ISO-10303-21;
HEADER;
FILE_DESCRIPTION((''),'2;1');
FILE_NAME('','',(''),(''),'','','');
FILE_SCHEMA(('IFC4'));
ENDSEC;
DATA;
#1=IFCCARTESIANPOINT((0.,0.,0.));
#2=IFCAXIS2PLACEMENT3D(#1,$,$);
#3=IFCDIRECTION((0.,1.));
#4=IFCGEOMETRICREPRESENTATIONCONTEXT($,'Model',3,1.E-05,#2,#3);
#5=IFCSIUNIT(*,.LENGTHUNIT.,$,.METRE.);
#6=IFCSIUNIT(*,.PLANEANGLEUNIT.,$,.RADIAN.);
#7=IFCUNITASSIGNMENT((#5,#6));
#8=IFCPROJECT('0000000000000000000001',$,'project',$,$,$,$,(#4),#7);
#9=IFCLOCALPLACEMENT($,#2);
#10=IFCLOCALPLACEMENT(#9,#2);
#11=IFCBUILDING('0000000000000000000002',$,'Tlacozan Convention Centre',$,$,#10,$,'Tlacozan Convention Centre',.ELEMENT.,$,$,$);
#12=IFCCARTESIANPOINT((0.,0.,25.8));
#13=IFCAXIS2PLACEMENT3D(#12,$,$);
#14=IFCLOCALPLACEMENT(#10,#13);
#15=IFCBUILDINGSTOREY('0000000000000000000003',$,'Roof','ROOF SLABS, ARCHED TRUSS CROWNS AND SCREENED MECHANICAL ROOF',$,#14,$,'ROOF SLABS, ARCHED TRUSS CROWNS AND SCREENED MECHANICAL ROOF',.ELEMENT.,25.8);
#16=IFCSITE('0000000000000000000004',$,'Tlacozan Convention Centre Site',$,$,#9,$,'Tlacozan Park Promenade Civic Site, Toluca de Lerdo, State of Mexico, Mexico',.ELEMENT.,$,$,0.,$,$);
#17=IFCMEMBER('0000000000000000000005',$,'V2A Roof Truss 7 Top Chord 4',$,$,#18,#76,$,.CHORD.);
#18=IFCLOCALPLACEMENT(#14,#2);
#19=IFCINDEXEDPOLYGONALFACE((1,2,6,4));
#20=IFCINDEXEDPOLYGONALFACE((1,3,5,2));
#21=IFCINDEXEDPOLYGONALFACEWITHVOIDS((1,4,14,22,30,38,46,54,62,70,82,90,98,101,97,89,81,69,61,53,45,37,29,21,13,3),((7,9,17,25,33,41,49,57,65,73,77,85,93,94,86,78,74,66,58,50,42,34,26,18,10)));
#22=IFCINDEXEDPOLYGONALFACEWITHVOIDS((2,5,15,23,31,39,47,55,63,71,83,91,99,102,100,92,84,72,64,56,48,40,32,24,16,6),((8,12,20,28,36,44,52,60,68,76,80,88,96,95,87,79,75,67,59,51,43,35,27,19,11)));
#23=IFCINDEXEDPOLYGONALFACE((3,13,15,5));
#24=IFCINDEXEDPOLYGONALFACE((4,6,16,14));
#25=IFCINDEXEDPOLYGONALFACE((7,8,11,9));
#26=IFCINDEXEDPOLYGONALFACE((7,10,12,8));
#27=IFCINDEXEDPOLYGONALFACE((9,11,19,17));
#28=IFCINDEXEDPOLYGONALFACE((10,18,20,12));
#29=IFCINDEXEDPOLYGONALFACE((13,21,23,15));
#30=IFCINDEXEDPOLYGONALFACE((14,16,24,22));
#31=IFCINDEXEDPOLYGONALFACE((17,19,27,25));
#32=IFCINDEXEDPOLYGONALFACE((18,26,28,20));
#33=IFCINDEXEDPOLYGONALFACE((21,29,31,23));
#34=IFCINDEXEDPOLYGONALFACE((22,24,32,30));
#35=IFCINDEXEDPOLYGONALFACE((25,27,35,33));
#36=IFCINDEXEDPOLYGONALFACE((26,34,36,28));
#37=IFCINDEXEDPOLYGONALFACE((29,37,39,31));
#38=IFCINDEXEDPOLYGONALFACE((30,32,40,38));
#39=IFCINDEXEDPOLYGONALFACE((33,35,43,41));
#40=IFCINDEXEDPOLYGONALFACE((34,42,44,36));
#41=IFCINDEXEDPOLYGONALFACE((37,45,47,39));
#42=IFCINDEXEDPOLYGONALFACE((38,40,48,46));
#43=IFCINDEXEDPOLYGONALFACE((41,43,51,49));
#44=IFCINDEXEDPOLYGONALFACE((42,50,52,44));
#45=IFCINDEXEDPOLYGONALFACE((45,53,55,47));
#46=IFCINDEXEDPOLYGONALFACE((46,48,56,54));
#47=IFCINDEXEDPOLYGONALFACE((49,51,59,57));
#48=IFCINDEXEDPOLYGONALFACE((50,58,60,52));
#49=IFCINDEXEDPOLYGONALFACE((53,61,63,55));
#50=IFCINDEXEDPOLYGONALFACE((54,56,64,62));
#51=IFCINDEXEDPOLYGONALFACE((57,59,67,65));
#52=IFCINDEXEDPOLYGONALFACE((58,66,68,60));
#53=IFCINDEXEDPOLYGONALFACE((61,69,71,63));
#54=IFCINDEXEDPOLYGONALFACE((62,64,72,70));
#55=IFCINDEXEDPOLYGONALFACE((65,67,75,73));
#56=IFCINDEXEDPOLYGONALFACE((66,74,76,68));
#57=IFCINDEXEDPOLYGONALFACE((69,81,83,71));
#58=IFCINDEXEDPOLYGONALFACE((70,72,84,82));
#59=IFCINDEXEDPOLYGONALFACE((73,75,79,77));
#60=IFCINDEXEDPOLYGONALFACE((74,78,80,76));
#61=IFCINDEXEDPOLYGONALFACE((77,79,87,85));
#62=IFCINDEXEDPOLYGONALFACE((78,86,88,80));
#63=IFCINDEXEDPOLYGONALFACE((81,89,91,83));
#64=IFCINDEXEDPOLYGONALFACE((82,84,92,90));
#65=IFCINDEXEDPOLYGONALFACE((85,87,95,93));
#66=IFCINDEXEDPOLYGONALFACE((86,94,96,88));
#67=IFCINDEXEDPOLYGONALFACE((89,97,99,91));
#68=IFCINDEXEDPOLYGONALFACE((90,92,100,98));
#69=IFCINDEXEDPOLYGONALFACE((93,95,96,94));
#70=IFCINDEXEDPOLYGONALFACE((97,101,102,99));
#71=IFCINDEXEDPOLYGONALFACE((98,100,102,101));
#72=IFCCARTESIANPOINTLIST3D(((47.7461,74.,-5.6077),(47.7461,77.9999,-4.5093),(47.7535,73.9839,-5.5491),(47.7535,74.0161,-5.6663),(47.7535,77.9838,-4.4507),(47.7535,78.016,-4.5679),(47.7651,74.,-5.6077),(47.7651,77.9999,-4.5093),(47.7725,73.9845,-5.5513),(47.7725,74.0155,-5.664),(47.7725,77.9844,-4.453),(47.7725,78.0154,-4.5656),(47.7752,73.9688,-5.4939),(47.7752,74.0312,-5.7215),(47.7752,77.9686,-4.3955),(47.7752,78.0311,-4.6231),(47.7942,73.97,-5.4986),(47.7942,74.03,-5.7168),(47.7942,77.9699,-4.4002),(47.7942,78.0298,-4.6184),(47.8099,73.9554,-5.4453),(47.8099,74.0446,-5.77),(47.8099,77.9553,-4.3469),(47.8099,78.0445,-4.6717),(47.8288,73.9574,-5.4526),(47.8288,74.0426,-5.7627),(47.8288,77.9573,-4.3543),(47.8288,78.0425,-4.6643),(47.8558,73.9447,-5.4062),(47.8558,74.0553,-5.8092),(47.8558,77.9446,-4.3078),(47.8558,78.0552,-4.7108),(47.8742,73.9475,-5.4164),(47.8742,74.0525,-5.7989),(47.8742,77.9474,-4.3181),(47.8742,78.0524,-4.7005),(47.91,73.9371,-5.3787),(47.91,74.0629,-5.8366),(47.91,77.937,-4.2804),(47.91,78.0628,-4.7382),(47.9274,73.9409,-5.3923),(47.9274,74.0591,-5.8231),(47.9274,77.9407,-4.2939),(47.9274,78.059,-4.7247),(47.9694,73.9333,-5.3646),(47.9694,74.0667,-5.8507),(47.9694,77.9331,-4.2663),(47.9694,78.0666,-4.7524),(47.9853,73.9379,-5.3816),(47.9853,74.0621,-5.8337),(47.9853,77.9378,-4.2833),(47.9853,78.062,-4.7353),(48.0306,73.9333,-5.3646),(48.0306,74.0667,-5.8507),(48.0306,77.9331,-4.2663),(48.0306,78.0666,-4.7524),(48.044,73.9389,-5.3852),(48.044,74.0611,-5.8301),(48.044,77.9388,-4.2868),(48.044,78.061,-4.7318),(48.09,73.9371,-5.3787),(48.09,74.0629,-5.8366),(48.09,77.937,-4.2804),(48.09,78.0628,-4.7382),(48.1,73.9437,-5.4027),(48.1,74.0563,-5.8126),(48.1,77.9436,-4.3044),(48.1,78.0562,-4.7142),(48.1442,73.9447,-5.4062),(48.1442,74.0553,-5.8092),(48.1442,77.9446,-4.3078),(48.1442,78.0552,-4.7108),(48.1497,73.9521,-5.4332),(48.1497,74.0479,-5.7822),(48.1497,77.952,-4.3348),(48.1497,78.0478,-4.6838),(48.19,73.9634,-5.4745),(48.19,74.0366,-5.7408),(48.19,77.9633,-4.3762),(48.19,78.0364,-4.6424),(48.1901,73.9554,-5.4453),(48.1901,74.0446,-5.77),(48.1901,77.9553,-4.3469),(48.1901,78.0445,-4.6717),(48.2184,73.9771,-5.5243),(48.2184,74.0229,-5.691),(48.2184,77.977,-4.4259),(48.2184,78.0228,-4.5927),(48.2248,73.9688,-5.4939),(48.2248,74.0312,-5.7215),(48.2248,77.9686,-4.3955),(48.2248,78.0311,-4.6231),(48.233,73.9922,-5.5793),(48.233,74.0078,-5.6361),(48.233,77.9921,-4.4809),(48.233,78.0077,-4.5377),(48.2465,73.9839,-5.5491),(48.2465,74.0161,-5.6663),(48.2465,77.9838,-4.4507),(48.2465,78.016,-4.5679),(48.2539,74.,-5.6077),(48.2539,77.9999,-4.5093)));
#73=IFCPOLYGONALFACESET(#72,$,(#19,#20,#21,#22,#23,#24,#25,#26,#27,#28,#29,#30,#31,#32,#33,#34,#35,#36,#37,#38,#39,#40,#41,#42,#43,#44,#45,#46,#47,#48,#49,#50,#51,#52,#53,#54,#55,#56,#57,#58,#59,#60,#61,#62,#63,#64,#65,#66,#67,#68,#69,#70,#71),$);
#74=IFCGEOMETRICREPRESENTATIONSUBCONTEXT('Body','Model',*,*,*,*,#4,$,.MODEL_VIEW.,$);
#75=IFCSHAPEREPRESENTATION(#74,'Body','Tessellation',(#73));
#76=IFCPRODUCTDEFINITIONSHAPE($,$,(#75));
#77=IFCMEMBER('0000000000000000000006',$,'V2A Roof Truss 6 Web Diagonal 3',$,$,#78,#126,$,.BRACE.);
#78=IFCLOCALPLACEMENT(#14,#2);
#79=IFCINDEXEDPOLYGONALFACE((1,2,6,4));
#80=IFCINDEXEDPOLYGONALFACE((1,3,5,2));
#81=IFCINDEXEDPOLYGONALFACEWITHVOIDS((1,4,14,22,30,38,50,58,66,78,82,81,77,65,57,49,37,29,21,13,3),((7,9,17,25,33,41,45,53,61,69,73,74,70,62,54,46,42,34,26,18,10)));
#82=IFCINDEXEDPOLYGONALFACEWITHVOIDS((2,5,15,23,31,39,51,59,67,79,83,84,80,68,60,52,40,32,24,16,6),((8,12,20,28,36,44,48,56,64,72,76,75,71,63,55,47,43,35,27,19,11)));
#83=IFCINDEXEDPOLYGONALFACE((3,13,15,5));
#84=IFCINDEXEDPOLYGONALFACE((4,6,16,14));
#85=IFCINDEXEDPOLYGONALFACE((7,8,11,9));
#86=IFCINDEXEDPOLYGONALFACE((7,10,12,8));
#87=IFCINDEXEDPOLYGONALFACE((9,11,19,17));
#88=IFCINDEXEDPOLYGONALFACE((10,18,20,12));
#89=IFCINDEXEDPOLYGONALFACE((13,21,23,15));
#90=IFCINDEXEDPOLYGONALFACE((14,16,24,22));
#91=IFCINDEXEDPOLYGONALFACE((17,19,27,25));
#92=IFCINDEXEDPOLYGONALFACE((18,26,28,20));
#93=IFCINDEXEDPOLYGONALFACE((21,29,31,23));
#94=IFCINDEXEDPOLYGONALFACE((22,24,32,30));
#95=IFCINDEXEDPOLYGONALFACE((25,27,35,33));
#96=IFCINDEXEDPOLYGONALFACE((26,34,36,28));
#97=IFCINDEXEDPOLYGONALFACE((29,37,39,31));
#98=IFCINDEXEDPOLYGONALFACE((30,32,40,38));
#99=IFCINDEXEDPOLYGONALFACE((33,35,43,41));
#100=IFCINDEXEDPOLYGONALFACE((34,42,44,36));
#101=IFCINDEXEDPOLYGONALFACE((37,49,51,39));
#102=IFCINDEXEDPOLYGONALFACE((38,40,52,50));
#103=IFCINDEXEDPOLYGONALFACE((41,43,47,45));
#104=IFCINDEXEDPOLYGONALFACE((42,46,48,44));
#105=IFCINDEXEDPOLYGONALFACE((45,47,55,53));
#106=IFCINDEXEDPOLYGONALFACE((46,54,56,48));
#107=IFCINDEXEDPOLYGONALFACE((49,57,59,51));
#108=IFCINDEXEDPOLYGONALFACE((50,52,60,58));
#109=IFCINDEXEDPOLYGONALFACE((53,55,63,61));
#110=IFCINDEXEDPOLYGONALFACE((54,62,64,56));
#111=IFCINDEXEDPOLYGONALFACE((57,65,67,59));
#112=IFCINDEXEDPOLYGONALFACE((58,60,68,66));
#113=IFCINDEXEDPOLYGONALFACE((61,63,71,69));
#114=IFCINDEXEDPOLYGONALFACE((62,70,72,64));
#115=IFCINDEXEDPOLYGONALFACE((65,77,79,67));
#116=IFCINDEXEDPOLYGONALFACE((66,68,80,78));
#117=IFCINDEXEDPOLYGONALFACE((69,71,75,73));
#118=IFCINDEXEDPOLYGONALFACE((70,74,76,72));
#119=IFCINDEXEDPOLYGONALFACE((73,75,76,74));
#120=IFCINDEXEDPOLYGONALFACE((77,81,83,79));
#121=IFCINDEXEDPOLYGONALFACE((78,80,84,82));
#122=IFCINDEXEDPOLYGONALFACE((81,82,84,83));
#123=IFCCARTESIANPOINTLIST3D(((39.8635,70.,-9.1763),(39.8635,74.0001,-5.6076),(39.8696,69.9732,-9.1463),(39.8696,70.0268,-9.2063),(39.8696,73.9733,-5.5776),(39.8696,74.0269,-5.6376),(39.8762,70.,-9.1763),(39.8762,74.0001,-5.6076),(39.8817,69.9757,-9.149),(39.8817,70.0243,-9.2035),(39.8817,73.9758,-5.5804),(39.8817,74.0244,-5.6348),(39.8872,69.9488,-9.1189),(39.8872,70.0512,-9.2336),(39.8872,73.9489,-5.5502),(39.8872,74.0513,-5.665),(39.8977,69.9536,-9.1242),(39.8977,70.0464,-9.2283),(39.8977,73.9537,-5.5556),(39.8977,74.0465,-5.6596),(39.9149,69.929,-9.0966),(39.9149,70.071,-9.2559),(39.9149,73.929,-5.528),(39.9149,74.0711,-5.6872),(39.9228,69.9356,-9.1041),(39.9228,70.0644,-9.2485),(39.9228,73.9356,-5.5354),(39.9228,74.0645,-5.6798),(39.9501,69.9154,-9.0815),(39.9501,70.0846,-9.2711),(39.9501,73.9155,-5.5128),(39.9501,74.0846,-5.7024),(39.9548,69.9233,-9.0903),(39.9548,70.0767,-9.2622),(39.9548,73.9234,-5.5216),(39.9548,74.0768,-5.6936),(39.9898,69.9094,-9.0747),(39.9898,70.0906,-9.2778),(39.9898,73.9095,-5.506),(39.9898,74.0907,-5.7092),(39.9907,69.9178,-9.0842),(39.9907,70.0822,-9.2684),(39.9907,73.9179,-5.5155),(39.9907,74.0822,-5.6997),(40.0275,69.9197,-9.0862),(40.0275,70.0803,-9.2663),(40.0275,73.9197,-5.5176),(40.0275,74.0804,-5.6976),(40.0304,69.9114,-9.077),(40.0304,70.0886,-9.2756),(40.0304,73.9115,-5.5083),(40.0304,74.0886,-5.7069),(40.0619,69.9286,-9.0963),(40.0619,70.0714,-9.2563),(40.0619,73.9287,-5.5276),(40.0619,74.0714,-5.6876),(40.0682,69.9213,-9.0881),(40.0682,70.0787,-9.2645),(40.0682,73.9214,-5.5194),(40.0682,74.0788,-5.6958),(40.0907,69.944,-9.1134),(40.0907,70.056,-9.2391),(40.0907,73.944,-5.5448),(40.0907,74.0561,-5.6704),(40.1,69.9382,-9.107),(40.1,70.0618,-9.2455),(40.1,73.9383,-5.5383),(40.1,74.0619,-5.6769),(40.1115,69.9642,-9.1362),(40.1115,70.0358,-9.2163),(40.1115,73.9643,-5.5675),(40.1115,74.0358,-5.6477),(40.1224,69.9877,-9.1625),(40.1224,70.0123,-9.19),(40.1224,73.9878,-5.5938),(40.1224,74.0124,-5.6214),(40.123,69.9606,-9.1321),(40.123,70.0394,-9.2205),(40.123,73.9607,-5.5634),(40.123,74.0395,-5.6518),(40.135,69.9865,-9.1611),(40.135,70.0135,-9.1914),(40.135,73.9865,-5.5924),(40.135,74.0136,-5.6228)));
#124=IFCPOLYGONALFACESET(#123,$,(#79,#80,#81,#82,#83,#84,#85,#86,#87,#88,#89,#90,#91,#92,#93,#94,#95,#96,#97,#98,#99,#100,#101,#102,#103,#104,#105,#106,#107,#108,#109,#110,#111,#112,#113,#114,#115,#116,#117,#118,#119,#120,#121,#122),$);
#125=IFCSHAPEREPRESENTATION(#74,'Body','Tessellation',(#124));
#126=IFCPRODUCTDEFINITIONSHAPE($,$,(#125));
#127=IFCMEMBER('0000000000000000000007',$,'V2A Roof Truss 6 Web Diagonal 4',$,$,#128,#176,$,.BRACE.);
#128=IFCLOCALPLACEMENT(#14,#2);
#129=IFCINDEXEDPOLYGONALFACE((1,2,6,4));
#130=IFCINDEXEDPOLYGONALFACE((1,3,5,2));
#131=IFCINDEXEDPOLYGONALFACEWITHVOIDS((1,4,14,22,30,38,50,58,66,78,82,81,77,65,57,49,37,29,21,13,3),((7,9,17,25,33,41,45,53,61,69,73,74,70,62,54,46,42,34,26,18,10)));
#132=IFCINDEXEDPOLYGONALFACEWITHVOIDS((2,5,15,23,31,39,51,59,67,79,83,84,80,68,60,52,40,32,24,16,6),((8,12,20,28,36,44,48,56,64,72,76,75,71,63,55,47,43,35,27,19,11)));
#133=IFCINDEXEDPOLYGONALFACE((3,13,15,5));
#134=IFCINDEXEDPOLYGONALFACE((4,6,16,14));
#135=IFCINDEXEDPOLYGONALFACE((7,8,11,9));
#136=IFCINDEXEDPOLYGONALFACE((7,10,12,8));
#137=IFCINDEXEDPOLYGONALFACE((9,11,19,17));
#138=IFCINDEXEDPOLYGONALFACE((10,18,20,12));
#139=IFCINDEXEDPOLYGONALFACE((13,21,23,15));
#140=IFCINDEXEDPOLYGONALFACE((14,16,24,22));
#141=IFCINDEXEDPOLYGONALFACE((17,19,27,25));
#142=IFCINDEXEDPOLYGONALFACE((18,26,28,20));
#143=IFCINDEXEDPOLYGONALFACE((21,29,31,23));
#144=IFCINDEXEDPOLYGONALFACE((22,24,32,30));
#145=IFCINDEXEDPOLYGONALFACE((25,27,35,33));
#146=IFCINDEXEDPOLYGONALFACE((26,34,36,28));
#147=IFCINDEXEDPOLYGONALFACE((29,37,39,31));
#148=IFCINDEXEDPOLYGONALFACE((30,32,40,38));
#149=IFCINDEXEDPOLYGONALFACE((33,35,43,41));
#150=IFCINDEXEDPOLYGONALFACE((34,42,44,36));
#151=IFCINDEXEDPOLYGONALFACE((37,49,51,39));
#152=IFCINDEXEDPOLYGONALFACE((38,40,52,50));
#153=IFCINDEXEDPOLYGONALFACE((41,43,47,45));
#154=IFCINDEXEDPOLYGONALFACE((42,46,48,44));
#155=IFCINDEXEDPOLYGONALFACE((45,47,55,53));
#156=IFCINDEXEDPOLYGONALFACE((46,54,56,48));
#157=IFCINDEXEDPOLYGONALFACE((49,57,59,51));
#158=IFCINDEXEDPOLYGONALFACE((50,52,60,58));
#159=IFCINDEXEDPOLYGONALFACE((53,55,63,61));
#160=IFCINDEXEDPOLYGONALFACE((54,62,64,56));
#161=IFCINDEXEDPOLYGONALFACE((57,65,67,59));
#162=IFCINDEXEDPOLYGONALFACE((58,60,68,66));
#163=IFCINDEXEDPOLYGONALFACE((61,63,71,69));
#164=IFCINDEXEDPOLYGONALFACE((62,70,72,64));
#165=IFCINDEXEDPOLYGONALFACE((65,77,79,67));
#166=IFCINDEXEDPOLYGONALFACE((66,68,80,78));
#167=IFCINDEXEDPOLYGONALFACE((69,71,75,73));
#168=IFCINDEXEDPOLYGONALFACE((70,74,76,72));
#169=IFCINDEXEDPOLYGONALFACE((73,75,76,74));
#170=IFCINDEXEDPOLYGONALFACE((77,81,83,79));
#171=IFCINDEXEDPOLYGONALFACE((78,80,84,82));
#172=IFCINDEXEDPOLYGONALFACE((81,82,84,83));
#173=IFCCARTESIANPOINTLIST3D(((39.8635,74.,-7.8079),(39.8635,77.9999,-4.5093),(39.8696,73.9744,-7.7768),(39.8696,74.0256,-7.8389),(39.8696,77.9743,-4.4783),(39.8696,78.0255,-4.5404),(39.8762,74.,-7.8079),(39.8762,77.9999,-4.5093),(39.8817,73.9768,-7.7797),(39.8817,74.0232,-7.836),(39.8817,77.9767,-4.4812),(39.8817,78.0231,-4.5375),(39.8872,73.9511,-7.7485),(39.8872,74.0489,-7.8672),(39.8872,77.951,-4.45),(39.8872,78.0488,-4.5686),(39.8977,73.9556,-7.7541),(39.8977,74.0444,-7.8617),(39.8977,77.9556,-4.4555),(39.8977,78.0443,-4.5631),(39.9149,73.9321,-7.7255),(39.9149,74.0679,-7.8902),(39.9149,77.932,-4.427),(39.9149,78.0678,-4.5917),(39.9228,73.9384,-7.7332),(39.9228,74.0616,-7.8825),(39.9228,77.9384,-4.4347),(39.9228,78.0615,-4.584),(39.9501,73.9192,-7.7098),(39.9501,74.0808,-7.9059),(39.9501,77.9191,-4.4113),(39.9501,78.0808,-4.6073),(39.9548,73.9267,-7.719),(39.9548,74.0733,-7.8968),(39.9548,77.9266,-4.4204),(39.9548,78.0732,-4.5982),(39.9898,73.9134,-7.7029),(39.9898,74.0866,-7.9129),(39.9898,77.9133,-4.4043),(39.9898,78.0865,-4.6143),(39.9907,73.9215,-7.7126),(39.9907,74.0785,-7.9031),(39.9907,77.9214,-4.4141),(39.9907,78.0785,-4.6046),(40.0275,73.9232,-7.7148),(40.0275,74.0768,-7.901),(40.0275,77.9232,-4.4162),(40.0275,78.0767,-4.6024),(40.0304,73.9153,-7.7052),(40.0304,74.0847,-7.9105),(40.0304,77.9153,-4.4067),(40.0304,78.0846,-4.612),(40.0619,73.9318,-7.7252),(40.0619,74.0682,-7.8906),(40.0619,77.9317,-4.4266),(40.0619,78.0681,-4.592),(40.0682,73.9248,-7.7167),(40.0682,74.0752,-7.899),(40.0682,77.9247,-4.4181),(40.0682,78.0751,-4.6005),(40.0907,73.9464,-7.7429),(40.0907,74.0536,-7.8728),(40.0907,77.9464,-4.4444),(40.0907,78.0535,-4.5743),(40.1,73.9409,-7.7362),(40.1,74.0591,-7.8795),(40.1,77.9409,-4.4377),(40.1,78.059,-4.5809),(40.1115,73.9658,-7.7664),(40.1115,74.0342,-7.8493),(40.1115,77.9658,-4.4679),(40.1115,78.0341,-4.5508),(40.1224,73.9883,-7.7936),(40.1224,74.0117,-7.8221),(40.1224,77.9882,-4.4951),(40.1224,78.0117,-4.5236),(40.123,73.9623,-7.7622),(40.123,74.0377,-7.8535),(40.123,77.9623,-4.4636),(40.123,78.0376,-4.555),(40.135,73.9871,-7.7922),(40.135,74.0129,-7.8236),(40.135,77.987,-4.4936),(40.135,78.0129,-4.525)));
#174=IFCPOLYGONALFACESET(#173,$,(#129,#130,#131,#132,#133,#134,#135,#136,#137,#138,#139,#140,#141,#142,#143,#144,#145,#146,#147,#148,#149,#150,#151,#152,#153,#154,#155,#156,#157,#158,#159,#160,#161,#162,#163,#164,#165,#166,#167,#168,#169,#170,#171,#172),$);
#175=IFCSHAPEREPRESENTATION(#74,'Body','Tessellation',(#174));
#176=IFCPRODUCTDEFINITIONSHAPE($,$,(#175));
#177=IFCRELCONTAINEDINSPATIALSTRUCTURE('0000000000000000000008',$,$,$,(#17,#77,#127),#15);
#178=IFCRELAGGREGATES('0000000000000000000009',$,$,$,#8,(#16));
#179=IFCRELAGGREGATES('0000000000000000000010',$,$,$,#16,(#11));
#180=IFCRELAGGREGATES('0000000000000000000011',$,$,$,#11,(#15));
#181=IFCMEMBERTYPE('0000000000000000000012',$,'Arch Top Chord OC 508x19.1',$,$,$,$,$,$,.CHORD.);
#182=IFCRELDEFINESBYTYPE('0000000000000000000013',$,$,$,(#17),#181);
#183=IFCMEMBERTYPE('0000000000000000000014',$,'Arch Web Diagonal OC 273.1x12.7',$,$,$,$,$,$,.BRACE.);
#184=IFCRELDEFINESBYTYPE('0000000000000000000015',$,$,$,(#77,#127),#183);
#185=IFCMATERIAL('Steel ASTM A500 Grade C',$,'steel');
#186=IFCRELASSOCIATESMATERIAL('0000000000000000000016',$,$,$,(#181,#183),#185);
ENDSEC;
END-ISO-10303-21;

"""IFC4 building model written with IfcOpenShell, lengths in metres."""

from ifc_helpers import new_model, si_unit, direction, frame, origin, origin_2d, place, context, subcontext, project, spatial, hollow_circle, extrude, material, material_profile, profile_set, type_object, element, save


model = new_model("IFC4")

# Units and contexts
model_context = context("Model", 3, precision=1e-05, world=origin(), true_north=direction((0.0, 1.0)))
body_context = subcontext(model_context, "Body", "Model", "MODEL_VIEW")
ifc_project = project(units=[si_unit("LENGTHUNIT", "METRE"), si_unit("PLANEANGLEUNIT", "RADIAN")], contexts=[model_context])

# Site, building, storey
site_placement = place(None, origin())
site = spatial("IfcSite", under=ifc_project, at=site_placement, Name="Tlacozan Convention Centre Site", LongName="Tlacozan Park Promenade Civic Site, Toluca de Lerdo, State of Mexico, Mexico", CompositionType="ELEMENT", RefElevation=0.0)
building_placement = place(site_placement, origin())
building = spatial("IfcBuilding", under=site, at=building_placement, Name="Tlacozan Convention Centre", LongName="Tlacozan Convention Centre", CompositionType="ELEMENT")
storey_placement = place(building_placement, frame((0.0, 0.0, 25.8)))
storey = spatial("IfcBuildingStorey", under=building, at=storey_placement, Name="Roof", Description="ROOF SLABS, ARCHED TRUSS CROWNS AND SCREENED MECHANICAL ROOF", LongName="ROOF SLABS, ARCHED TRUSS CROWNS AND SCREENED MECHANICAL ROOF", CompositionType="ELEMENT", Elevation=25.8)

# Members
ifc_material_1 = material(Name="Steel ASTM A500 Grade C", Category="steel")
ifc_material_profile_1 = material_profile(ifc_material_1, hollow_circle(Radius=0.2539, WallThickness=0.019, at=origin_2d()), Name="OC 508.0x19.1")
ifc_profile_set_1 = profile_set([ifc_material_profile_1], Name="Steel ASTM A500 Grade C")
member_type_1 = type_object("IfcMemberType", Name="Arch Top Chord OC 508x19.1", PredefinedType="CHORD", material=ifc_profile_set_1)
member_1_placement = place(storey_placement, frame((48.0, 74.0, -5.6077), z_axis=(0.0, 0.964305, 0.264795), x_axis=(-1.0, 0.0, 0.0)))
element("IfcMember", 1, at=member_1_placement, inside=storey, type_object=member_type_1, Name="V2A Roof Truss 7 Top Chord 4", PredefinedType="CHORD", context=body_context, shape_type="SweptSolid", body=[
    extrude(hollow_circle(Radius=0.2539, WallThickness=0.019, at=origin_2d()), origin(), (0.0, 0.0, 1.0), 4.1479),
])
ifc_material_profile_2 = material_profile(ifc_material_1, hollow_circle(Radius=0.1365, WallThickness=0.0127, at=origin_2d()), Name="OC 273.1x12.7")
ifc_profile_set_2 = profile_set([ifc_material_profile_2], Name="Steel ASTM A500 Grade C")
member_type_2 = type_object("IfcMemberType", Name="Arch Web Diagonal OC 273.1x12.7", PredefinedType="BRACE", material=ifc_profile_set_2)
member_2_placement = place(storey_placement, frame((40.0, 70.0, -9.1763), z_axis=(0.0, 0.746199, 0.665722), x_axis=(-1.0, 0.0, 0.0)))
element("IfcMember", 2, at=member_2_placement, inside=storey, type_object=member_type_2, Name="V2A Roof Truss 6 Web Diagonal 3", PredefinedType="BRACE", context=body_context, shape_type="SweptSolid", body=[
    extrude(hollow_circle(Radius=0.1365, WallThickness=0.0127, at=origin_2d()), origin(), (0.0, 0.0, 1.0), 5.3606),
])
member_3_placement = place(storey_placement, frame((40.0, 74.0, -7.8079), z_axis=(0.0, 0.771507, 0.63622), x_axis=(-1.0, 0.0, 0.0)))
element("IfcMember", 3, at=member_3_placement, inside=storey, type_object=member_type_2, Name="V2A Roof Truss 6 Web Diagonal 4", PredefinedType="BRACE", context=body_context, shape_type="SweptSolid", body=[
    extrude(hollow_circle(Radius=0.1365, WallThickness=0.0127, at=origin_2d()), origin(), (0.0, 0.0, 1.0), 5.1846),
])

save(model, "model.ifc")
